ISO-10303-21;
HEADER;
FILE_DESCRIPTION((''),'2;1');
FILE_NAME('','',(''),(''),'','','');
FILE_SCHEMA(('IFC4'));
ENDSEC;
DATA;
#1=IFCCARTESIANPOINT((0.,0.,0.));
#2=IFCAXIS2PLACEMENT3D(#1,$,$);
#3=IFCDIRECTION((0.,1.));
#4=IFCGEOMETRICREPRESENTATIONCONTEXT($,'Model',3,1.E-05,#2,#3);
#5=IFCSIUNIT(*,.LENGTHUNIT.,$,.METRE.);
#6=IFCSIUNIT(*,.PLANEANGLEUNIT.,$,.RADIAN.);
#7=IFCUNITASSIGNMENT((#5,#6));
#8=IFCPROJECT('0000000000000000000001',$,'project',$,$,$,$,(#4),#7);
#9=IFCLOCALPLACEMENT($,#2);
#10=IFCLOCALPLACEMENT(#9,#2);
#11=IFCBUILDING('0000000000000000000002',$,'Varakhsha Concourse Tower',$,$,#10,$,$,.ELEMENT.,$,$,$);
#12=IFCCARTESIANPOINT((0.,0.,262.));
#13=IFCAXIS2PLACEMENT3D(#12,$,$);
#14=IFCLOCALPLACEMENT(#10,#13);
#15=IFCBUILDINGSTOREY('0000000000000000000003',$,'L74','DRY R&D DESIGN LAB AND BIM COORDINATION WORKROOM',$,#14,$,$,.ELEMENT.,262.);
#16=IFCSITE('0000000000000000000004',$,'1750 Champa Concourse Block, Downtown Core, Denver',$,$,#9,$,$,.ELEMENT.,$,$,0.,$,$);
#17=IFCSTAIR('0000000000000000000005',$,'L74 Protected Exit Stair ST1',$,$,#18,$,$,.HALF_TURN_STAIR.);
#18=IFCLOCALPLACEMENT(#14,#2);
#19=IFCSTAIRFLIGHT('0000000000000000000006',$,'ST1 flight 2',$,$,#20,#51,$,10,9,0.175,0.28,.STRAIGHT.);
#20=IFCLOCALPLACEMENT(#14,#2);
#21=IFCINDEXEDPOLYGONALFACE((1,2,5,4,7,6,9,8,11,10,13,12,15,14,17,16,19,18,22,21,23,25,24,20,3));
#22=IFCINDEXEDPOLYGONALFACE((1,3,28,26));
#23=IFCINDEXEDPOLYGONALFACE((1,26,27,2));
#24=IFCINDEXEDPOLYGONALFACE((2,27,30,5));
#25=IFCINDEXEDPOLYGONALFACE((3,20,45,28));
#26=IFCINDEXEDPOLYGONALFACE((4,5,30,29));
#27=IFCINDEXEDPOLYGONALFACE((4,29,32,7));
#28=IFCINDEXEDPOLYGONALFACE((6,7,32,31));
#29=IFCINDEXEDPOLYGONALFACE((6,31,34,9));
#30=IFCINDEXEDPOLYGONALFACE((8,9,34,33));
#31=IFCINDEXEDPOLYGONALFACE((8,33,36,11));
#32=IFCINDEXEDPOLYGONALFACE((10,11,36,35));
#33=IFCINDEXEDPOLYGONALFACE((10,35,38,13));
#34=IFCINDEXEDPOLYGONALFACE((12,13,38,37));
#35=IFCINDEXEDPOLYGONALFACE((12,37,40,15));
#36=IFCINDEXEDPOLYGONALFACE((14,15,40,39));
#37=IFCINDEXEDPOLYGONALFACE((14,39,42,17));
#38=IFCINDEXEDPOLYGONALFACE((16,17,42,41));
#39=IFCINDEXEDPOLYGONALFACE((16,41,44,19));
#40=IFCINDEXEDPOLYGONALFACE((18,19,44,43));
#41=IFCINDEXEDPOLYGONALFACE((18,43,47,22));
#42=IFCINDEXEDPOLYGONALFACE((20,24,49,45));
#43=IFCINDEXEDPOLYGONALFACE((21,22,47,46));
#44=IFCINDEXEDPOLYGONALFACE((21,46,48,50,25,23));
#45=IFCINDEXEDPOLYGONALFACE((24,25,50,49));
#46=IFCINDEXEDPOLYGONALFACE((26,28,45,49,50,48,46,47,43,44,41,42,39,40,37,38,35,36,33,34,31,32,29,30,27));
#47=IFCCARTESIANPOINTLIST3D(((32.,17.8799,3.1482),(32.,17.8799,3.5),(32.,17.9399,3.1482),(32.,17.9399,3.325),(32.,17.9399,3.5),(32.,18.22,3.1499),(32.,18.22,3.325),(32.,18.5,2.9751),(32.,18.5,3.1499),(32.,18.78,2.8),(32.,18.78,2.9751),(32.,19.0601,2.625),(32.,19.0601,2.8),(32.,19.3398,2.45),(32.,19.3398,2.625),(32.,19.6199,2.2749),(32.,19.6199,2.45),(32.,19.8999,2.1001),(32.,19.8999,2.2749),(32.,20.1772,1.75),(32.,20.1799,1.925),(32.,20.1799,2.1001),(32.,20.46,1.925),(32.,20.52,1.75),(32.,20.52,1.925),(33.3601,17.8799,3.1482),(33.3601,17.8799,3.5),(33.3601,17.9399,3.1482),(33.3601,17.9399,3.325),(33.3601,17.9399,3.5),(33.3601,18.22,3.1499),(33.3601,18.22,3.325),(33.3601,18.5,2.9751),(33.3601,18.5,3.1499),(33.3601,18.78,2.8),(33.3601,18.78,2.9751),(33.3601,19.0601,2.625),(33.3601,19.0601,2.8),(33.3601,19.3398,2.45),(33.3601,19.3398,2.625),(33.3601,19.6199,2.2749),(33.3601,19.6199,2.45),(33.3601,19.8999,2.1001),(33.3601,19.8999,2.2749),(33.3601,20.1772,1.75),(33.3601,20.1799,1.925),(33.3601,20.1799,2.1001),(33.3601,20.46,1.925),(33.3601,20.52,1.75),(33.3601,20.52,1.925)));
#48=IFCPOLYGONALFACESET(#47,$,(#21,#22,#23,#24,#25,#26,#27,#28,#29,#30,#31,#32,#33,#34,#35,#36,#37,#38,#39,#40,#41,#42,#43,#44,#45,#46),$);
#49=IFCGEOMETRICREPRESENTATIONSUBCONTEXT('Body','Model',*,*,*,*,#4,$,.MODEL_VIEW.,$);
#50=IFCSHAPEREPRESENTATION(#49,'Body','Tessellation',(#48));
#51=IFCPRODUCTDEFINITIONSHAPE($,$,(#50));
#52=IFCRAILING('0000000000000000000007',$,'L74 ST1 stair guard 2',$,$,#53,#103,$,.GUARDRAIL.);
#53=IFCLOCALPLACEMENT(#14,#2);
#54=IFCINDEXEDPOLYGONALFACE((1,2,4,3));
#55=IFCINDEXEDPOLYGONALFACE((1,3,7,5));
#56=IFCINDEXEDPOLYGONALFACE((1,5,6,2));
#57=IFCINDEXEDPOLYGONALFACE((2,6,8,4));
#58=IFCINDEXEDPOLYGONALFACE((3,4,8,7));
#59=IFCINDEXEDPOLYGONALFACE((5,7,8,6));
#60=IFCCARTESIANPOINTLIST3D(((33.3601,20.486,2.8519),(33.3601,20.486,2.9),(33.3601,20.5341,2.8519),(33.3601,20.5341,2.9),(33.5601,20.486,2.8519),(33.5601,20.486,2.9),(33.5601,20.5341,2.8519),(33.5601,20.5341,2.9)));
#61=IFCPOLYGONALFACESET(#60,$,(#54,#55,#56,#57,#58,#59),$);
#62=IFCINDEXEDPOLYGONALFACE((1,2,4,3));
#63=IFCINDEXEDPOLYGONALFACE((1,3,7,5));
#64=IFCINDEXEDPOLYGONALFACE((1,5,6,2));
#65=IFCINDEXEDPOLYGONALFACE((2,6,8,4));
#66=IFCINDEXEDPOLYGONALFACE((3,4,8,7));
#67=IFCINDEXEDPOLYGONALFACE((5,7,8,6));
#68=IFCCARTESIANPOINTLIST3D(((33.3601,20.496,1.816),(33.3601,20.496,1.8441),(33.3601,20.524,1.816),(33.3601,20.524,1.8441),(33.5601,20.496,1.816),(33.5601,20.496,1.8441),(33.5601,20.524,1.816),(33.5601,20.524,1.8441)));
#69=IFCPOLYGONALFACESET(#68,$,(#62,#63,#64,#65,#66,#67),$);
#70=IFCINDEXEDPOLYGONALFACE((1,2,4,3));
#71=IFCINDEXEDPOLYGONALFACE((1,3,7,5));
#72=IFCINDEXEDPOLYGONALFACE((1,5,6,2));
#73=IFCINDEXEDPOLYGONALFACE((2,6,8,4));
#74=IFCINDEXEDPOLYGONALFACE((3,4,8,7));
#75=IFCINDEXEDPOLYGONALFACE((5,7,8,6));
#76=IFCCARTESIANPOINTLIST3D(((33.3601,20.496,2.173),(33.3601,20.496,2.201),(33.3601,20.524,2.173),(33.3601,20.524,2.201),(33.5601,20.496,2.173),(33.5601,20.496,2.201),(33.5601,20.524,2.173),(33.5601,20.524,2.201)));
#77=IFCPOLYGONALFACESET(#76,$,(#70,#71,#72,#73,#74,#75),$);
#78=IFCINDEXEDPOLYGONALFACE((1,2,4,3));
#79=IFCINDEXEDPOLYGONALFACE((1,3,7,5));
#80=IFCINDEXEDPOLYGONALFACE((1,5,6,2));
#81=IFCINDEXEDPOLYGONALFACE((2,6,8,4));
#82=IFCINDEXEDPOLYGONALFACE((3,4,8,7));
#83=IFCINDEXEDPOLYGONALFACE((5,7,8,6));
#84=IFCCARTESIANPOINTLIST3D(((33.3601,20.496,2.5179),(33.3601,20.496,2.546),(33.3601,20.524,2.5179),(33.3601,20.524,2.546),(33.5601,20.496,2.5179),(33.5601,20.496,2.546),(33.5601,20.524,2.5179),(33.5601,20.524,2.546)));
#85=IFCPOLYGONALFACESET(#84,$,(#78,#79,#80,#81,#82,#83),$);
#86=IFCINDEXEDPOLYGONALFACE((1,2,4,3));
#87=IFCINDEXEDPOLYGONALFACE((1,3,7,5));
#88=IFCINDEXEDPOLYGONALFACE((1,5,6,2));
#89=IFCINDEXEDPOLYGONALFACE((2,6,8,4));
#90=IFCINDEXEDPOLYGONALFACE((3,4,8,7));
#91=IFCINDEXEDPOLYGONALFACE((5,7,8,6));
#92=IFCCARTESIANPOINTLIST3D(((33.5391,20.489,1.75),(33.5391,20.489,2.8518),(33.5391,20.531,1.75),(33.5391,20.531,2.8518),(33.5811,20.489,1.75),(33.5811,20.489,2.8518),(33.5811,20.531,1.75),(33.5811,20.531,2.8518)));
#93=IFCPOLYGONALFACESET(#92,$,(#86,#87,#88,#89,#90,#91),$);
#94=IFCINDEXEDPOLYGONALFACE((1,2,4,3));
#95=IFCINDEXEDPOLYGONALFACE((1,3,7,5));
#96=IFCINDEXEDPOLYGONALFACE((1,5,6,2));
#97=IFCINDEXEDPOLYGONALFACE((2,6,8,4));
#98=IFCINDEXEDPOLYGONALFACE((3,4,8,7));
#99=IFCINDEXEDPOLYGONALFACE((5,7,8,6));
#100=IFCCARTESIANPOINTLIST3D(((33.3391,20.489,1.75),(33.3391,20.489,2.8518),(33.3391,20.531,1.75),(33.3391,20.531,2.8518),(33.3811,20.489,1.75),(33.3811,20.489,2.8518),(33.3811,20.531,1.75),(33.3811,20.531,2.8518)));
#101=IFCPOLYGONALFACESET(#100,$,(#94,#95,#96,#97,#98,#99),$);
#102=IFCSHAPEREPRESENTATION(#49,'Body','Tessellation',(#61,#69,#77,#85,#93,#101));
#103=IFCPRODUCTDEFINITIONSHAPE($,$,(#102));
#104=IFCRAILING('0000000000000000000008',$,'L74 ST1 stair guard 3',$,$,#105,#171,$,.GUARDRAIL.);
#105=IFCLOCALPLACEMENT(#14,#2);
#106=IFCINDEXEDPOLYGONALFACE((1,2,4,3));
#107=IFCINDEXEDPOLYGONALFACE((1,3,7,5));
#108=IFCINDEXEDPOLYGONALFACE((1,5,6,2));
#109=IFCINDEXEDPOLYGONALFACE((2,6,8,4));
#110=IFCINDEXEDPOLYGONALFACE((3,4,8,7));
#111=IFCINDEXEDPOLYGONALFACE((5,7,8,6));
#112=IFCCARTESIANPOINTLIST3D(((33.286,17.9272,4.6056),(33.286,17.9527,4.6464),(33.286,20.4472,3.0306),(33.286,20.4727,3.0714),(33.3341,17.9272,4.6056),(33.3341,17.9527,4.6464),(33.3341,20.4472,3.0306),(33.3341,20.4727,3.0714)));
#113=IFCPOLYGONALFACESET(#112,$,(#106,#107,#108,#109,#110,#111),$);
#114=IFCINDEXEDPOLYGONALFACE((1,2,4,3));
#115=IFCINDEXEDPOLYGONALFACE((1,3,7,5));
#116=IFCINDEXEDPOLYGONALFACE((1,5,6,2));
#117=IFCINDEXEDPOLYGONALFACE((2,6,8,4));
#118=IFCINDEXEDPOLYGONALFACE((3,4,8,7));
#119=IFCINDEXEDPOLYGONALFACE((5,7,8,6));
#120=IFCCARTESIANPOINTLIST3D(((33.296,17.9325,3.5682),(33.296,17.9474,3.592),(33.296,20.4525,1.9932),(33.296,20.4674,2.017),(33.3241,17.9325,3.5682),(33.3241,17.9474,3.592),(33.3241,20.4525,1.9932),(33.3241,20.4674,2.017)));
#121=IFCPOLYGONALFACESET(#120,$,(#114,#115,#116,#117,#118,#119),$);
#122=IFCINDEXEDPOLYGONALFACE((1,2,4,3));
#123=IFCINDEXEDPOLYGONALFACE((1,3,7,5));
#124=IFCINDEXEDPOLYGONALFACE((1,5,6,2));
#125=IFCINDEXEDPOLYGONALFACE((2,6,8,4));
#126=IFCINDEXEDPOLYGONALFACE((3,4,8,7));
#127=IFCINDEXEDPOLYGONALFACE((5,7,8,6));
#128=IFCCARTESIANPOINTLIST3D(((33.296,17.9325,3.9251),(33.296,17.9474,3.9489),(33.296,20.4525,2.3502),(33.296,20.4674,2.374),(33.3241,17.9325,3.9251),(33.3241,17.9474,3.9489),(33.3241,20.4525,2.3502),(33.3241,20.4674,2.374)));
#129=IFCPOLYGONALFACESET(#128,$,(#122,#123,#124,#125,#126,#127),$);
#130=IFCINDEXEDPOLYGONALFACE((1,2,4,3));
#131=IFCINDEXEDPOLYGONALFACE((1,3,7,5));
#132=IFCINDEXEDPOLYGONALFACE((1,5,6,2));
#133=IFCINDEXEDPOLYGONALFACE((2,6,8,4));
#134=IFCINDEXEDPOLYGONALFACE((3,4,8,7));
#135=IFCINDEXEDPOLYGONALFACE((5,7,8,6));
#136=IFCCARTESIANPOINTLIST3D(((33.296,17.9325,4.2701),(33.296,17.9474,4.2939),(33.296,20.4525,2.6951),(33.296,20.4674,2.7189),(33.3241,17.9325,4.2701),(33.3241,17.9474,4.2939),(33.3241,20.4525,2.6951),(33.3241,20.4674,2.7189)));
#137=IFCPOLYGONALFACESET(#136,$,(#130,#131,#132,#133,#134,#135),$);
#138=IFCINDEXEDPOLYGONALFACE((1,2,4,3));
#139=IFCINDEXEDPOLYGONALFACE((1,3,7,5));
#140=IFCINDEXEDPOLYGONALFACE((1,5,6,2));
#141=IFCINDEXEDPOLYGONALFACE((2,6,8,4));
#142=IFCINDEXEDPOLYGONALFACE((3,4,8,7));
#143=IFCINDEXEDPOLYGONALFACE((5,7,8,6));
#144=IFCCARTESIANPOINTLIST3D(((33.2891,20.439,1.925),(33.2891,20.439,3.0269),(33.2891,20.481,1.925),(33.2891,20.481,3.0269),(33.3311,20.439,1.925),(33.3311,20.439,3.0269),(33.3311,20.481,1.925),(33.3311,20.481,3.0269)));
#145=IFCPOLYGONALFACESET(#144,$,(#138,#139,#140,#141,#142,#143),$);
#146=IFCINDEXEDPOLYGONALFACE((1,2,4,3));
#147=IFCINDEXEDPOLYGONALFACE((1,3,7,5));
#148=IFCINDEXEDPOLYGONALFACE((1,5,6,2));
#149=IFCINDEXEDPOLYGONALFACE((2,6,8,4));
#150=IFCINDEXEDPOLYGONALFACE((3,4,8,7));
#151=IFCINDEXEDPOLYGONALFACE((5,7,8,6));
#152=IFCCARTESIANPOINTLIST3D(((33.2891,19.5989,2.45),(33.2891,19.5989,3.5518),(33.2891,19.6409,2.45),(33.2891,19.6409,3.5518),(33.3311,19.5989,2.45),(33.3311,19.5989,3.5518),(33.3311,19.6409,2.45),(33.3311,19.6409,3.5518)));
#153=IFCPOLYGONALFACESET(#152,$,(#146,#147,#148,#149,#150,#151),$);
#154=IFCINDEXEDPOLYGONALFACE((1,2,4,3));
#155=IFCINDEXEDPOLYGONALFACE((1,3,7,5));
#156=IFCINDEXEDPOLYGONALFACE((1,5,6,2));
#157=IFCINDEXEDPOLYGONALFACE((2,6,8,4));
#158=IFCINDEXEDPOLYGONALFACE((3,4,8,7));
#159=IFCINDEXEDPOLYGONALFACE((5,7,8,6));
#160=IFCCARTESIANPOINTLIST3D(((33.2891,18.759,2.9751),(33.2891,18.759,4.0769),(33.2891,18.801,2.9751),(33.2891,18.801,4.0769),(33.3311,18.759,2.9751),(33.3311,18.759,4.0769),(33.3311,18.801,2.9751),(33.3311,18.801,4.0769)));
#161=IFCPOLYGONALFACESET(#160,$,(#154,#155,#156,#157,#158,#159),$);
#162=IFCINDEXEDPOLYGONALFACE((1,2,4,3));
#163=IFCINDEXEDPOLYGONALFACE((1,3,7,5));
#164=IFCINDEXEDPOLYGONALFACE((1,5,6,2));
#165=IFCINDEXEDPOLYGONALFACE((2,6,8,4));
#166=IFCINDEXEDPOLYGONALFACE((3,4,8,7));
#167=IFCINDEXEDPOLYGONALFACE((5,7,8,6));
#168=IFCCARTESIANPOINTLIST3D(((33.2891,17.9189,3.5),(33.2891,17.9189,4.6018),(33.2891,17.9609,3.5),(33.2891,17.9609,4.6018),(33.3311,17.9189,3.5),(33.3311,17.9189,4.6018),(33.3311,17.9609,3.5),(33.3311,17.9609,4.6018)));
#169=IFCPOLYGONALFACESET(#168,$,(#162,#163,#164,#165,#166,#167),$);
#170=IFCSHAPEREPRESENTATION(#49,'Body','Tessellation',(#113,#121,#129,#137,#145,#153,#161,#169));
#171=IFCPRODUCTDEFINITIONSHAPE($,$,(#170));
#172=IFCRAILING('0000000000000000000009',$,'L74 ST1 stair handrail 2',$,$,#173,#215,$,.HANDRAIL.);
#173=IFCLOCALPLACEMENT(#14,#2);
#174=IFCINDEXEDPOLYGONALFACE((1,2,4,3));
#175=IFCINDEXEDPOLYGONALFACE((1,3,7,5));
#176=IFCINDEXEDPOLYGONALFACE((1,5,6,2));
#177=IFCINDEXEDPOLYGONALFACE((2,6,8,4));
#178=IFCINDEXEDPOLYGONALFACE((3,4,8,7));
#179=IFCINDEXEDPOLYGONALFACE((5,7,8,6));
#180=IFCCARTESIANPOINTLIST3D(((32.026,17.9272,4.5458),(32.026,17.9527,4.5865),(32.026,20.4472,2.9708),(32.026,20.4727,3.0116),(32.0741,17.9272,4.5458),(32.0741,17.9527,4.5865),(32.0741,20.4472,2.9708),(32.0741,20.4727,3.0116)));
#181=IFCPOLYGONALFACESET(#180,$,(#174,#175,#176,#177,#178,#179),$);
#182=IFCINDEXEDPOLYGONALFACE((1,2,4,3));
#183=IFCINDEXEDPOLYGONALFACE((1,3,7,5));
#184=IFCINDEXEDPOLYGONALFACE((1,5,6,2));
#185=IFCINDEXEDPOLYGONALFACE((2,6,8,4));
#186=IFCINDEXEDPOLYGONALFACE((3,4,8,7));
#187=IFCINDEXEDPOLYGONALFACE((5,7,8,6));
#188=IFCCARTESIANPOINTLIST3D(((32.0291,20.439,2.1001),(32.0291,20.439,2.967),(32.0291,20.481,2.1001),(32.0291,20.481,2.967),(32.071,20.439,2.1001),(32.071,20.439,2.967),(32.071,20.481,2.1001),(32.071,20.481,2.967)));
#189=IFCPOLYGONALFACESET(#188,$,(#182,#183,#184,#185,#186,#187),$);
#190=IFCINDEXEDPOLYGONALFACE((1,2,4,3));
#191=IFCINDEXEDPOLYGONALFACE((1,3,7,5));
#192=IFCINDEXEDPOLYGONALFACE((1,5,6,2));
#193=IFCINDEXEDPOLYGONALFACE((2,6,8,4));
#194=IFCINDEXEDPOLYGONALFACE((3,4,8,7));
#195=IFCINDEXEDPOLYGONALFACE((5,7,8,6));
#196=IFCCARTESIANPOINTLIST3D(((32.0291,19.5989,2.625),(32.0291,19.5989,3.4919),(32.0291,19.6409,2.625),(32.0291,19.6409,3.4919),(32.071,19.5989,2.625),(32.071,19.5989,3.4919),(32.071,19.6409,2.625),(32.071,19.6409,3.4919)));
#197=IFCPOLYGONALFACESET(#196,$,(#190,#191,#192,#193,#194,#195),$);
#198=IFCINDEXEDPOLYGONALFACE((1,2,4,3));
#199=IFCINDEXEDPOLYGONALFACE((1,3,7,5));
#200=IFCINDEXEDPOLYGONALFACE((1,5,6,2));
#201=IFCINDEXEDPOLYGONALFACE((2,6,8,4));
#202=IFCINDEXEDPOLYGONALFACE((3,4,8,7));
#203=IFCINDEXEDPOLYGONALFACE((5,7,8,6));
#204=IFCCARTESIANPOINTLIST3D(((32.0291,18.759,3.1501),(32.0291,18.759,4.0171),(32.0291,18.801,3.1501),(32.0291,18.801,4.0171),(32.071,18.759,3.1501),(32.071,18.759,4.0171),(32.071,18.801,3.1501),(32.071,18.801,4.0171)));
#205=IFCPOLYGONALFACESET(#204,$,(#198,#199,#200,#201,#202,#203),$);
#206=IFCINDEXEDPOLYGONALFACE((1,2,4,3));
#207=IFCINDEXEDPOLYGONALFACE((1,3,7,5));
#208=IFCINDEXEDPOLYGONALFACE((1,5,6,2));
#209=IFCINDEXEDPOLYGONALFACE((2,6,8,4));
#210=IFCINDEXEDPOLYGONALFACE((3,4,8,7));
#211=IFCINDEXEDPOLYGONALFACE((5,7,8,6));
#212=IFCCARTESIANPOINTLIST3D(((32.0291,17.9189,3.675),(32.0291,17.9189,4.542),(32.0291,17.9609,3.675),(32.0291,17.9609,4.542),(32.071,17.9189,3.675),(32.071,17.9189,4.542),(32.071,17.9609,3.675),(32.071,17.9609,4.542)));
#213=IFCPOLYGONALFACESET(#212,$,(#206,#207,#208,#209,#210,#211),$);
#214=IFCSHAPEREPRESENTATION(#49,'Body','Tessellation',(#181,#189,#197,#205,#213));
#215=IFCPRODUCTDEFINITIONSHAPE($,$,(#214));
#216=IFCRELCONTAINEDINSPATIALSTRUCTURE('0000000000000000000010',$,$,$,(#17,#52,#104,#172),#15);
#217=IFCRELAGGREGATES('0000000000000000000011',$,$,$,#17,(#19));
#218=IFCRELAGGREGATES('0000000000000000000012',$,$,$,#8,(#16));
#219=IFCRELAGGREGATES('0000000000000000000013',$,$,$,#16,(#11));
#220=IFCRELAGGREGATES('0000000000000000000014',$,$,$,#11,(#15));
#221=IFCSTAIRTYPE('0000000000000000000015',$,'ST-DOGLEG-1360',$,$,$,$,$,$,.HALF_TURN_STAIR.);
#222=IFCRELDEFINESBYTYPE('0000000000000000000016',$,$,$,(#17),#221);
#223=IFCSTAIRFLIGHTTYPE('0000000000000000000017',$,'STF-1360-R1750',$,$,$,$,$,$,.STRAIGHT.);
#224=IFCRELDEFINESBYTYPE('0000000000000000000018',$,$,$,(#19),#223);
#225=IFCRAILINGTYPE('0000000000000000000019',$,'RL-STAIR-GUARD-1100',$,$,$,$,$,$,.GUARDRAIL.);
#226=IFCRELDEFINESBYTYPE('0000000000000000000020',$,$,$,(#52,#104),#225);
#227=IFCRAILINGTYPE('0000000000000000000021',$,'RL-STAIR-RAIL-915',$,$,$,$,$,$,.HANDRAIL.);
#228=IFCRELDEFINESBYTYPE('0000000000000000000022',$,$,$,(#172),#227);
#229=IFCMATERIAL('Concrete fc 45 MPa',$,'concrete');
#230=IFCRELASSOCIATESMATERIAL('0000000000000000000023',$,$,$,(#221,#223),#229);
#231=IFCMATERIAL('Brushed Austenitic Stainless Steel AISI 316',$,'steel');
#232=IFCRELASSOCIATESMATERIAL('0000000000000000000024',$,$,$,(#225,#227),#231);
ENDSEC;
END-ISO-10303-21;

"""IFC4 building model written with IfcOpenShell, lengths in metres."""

from ifc_helpers import new_model, si_unit, direction, frame, origin, origin_2d, place, context, subcontext, project, spatial, polyline, rectangle, outline, extrude, material, type_object, element, aggregate, save


model = new_model("IFC4")

# Units and contexts
model_context = context("Model", 3, precision=1e-05, world=origin(), true_north=direction((0.0, 1.0)))
body_context = subcontext(model_context, "Body", "Model", "MODEL_VIEW")
ifc_project = project(units=[si_unit("LENGTHUNIT", "METRE"), si_unit("PLANEANGLEUNIT", "RADIAN")], contexts=[model_context])

# Site, building, storey
site_placement = place(None, origin())
site = spatial("IfcSite", under=ifc_project, at=site_placement, Name="1750 Champa Concourse Block, Downtown Core, Denver", CompositionType="ELEMENT", RefElevation=0.0)
building_placement = place(site_placement, origin())
building = spatial("IfcBuilding", under=site, at=building_placement, Name="Varakhsha Concourse Tower", CompositionType="ELEMENT")
storey_placement = place(building_placement, frame((0.0, 0.0, 262.0)))
storey = spatial("IfcBuildingStorey", under=building, at=storey_placement, Name="L74", Description="DRY R&D DESIGN LAB AND BIM COORDINATION WORKROOM", CompositionType="ELEMENT", Elevation=262.0)

# Shared definitions
ifc_material_1 = material(Name="Brushed Austenitic Stainless Steel AISI 316", Category="steel")

# Shared definitions
ifc_material_2 = material(Name="Concrete fc 45 MPa", Category="concrete")

# Stair, stair flight
stair_type = type_object("IfcStairType", Name="ST-DOGLEG-1360", PredefinedType="HALF_TURN_STAIR", material=ifc_material_2)
stair_placement = place(storey_placement, origin())
stair = element("IfcStair", 1, at=stair_placement, inside=storey, type_object=stair_type, Name="L74 Protected Exit Stair ST1", PredefinedType="HALF_TURN_STAIR")
stair_flight_type = type_object("IfcStairFlightType", Name="STF-1360-R1750", PredefinedType="STRAIGHT", material=ifc_material_2)
stair_flight_placement = place(storey_placement, frame((32.6799, 20.46, 1.75), z_axis=(0.0, 0.0, 1.0), x_axis=(0.0, -1.0, 0.0)))
stair_flight = element("IfcStairFlight", 2, at=stair_flight_placement, type_object=stair_flight_type, Name="ST1 flight 2", NumberOfRisers=10, NumberOfTreads=9, PredefinedType="STRAIGHT", RiserHeight=0.175, TreadLength=0.28, context=body_context, shape_type="SweptSolid", body=[
    extrude(outline(polyline([(-0.0601, 0.0), (-0.0601, 0.175), (0.0, 0.175), (0.28, 0.175), (0.28, 0.3501), (0.5601, 0.3501), (0.5601, 0.5249), (0.8401, 0.5249), (0.8401, 0.7), (1.1201, 0.7), (1.1201, 0.875), (1.3999, 0.875), (1.3999, 1.05), (1.6799, 1.05), (1.6799, 1.2251), (1.96, 1.2251), (1.96, 1.3999), (2.24, 1.3999), (2.24, 1.575), (2.52, 1.575), (2.52, 1.75), (2.5801, 1.75), (2.5801, 1.3982), (2.52, 1.3982), (0.2827, 0.0), (-0.0601, 0.0)])), frame((0.0, 0.6802, 0.0), z_axis=(0.0, -1.0, 0.0), x_axis=(1.0, 0.0, 0.0)), (0.0, 0.0, 1.0), 1.3601),
])
aggregate(stair, [stair_flight])

# Railings
railing_type_1 = type_object("IfcRailingType", Name="RL-STAIR-GUARD-1100", PredefinedType="GUARDRAIL", material=ifc_material_1)
railing_1_placement = place(storey_placement, frame((33.5601, 20.51, 1.75)))
element("IfcRailing", 3, at=railing_1_placement, inside=storey, type_object=railing_type_1, Name="L74 ST1 stair guard 2", PredefinedType="GUARDRAIL", context=body_context, shape_type="SweptSolid", body=[
    extrude(rectangle(XDim=0.0481, YDim=0.0481, at=origin_2d()), frame((0.0, 0.0, 1.126), z_axis=(-1.0, 0.0, 0.0), x_axis=(0.0, -1.0, 0.0)), (0.0, 0.0, 1.0), 0.2),
    extrude(rectangle(XDim=0.0281, YDim=0.0281, at=origin_2d()), frame((0.0, 0.0, 0.0801), z_axis=(-1.0, 0.0, 0.0), x_axis=(0.0, -1.0, 0.0)), (0.0, 0.0, 1.0), 0.2),
    extrude(rectangle(XDim=0.0281, YDim=0.0281, at=origin_2d()), frame((0.0, 0.0, 0.437), z_axis=(-1.0, 0.0, 0.0), x_axis=(0.0, -1.0, 0.0)), (0.0, 0.0, 1.0), 0.2),
    extrude(rectangle(XDim=0.0281, YDim=0.0281, at=origin_2d()), frame((0.0, 0.0, 0.782), z_axis=(-1.0, 0.0, 0.0), x_axis=(0.0, -1.0, 0.0)), (0.0, 0.0, 1.0), 0.2),
    extrude(rectangle(XDim=0.042, YDim=0.042, at=origin_2d()), origin(), (0.0, 0.0, 1.0), 1.1018),
    extrude(rectangle(XDim=0.042, YDim=0.042, at=origin_2d()), frame((-0.2, 0.0, 0.0)), (0.0, 0.0, 1.0), 1.1018),
])
railing_2_placement = place(storey_placement, frame((33.3101, 20.46, 1.925)))
element("IfcRailing", 4, at=railing_2_placement, inside=storey, type_object=railing_type_1, Name="L74 ST1 stair guard 3", PredefinedType="GUARDRAIL", context=body_context, shape_type="SweptSolid", body=[
    extrude(rectangle(XDim=0.0481, YDim=0.0481, at=origin_2d()), frame((0.0, 0.0, 1.126), z_axis=(0.0, -0.848008, 0.529984), x_axis=(1.0, 0.0, 0.0)), (0.0, 0.0, 1.0), 2.9717),
    extrude(rectangle(XDim=0.0281, YDim=0.0281, at=origin_2d()), frame((0.0, 0.0, 0.0801), z_axis=(0.0, -0.848008, 0.529984), x_axis=(1.0, 0.0, 0.0)), (0.0, 0.0, 1.0), 2.9717),
    extrude(rectangle(XDim=0.0281, YDim=0.0281, at=origin_2d()), frame((0.0, 0.0, 0.437), z_axis=(0.0, -0.848008, 0.529984), x_axis=(1.0, 0.0, 0.0)), (0.0, 0.0, 1.0), 2.9717),
    extrude(rectangle(XDim=0.0281, YDim=0.0281, at=origin_2d()), frame((0.0, 0.0, 0.782), z_axis=(0.0, -0.848008, 0.529984), x_axis=(1.0, 0.0, 0.0)), (0.0, 0.0, 1.0), 2.9717),
    extrude(rectangle(XDim=0.042, YDim=0.042, at=origin_2d()), origin(), (0.0, 0.0, 1.0), 1.1018),
    extrude(rectangle(XDim=0.042, YDim=0.042, at=origin_2d()), frame((0.0, -0.8401, 0.5249)), (0.0, 0.0, 1.0), 1.1018),
    extrude(rectangle(XDim=0.042, YDim=0.042, at=origin_2d()), frame((0.0, -1.6799, 1.05)), (0.0, 0.0, 1.0), 1.1018),
    extrude(rectangle(XDim=0.042, YDim=0.042, at=origin_2d()), frame((0.0, -2.52, 1.575)), (0.0, 0.0, 1.0), 1.1018),
])
railing_type_2 = type_object("IfcRailingType", Name="RL-STAIR-RAIL-915", PredefinedType="HANDRAIL", material=ifc_material_1)
railing_3_placement = place(storey_placement, frame((32.05, 20.46, 2.1001)))
element("IfcRailing", 5, at=railing_3_placement, inside=storey, type_object=railing_type_2, Name="L74 ST1 stair handrail 2", PredefinedType="HANDRAIL", context=body_context, shape_type="SweptSolid", body=[
    extrude(rectangle(XDim=0.0481, YDim=0.0481, at=origin_2d()), frame((0.0, 0.0, 0.8911), z_axis=(0.0, -0.848008, 0.529984), x_axis=(1.0, 0.0, 0.0)), (0.0, 0.0, 1.0), 2.9717),
    extrude(rectangle(XDim=0.042, YDim=0.042, at=origin_2d()), origin(), (0.0, 0.0, 1.0), 0.8669),
    extrude(rectangle(XDim=0.042, YDim=0.042, at=origin_2d()), frame((0.0, -0.8401, 0.5249)), (0.0, 0.0, 1.0), 0.8669),
    extrude(rectangle(XDim=0.042, YDim=0.042, at=origin_2d()), frame((0.0, -1.6799, 1.05)), (0.0, 0.0, 1.0), 0.8669),
    extrude(rectangle(XDim=0.042, YDim=0.042, at=origin_2d()), frame((0.0, -2.52, 1.575)), (0.0, 0.0, 1.0), 0.8669),
])

save(model, "model.ifc")
